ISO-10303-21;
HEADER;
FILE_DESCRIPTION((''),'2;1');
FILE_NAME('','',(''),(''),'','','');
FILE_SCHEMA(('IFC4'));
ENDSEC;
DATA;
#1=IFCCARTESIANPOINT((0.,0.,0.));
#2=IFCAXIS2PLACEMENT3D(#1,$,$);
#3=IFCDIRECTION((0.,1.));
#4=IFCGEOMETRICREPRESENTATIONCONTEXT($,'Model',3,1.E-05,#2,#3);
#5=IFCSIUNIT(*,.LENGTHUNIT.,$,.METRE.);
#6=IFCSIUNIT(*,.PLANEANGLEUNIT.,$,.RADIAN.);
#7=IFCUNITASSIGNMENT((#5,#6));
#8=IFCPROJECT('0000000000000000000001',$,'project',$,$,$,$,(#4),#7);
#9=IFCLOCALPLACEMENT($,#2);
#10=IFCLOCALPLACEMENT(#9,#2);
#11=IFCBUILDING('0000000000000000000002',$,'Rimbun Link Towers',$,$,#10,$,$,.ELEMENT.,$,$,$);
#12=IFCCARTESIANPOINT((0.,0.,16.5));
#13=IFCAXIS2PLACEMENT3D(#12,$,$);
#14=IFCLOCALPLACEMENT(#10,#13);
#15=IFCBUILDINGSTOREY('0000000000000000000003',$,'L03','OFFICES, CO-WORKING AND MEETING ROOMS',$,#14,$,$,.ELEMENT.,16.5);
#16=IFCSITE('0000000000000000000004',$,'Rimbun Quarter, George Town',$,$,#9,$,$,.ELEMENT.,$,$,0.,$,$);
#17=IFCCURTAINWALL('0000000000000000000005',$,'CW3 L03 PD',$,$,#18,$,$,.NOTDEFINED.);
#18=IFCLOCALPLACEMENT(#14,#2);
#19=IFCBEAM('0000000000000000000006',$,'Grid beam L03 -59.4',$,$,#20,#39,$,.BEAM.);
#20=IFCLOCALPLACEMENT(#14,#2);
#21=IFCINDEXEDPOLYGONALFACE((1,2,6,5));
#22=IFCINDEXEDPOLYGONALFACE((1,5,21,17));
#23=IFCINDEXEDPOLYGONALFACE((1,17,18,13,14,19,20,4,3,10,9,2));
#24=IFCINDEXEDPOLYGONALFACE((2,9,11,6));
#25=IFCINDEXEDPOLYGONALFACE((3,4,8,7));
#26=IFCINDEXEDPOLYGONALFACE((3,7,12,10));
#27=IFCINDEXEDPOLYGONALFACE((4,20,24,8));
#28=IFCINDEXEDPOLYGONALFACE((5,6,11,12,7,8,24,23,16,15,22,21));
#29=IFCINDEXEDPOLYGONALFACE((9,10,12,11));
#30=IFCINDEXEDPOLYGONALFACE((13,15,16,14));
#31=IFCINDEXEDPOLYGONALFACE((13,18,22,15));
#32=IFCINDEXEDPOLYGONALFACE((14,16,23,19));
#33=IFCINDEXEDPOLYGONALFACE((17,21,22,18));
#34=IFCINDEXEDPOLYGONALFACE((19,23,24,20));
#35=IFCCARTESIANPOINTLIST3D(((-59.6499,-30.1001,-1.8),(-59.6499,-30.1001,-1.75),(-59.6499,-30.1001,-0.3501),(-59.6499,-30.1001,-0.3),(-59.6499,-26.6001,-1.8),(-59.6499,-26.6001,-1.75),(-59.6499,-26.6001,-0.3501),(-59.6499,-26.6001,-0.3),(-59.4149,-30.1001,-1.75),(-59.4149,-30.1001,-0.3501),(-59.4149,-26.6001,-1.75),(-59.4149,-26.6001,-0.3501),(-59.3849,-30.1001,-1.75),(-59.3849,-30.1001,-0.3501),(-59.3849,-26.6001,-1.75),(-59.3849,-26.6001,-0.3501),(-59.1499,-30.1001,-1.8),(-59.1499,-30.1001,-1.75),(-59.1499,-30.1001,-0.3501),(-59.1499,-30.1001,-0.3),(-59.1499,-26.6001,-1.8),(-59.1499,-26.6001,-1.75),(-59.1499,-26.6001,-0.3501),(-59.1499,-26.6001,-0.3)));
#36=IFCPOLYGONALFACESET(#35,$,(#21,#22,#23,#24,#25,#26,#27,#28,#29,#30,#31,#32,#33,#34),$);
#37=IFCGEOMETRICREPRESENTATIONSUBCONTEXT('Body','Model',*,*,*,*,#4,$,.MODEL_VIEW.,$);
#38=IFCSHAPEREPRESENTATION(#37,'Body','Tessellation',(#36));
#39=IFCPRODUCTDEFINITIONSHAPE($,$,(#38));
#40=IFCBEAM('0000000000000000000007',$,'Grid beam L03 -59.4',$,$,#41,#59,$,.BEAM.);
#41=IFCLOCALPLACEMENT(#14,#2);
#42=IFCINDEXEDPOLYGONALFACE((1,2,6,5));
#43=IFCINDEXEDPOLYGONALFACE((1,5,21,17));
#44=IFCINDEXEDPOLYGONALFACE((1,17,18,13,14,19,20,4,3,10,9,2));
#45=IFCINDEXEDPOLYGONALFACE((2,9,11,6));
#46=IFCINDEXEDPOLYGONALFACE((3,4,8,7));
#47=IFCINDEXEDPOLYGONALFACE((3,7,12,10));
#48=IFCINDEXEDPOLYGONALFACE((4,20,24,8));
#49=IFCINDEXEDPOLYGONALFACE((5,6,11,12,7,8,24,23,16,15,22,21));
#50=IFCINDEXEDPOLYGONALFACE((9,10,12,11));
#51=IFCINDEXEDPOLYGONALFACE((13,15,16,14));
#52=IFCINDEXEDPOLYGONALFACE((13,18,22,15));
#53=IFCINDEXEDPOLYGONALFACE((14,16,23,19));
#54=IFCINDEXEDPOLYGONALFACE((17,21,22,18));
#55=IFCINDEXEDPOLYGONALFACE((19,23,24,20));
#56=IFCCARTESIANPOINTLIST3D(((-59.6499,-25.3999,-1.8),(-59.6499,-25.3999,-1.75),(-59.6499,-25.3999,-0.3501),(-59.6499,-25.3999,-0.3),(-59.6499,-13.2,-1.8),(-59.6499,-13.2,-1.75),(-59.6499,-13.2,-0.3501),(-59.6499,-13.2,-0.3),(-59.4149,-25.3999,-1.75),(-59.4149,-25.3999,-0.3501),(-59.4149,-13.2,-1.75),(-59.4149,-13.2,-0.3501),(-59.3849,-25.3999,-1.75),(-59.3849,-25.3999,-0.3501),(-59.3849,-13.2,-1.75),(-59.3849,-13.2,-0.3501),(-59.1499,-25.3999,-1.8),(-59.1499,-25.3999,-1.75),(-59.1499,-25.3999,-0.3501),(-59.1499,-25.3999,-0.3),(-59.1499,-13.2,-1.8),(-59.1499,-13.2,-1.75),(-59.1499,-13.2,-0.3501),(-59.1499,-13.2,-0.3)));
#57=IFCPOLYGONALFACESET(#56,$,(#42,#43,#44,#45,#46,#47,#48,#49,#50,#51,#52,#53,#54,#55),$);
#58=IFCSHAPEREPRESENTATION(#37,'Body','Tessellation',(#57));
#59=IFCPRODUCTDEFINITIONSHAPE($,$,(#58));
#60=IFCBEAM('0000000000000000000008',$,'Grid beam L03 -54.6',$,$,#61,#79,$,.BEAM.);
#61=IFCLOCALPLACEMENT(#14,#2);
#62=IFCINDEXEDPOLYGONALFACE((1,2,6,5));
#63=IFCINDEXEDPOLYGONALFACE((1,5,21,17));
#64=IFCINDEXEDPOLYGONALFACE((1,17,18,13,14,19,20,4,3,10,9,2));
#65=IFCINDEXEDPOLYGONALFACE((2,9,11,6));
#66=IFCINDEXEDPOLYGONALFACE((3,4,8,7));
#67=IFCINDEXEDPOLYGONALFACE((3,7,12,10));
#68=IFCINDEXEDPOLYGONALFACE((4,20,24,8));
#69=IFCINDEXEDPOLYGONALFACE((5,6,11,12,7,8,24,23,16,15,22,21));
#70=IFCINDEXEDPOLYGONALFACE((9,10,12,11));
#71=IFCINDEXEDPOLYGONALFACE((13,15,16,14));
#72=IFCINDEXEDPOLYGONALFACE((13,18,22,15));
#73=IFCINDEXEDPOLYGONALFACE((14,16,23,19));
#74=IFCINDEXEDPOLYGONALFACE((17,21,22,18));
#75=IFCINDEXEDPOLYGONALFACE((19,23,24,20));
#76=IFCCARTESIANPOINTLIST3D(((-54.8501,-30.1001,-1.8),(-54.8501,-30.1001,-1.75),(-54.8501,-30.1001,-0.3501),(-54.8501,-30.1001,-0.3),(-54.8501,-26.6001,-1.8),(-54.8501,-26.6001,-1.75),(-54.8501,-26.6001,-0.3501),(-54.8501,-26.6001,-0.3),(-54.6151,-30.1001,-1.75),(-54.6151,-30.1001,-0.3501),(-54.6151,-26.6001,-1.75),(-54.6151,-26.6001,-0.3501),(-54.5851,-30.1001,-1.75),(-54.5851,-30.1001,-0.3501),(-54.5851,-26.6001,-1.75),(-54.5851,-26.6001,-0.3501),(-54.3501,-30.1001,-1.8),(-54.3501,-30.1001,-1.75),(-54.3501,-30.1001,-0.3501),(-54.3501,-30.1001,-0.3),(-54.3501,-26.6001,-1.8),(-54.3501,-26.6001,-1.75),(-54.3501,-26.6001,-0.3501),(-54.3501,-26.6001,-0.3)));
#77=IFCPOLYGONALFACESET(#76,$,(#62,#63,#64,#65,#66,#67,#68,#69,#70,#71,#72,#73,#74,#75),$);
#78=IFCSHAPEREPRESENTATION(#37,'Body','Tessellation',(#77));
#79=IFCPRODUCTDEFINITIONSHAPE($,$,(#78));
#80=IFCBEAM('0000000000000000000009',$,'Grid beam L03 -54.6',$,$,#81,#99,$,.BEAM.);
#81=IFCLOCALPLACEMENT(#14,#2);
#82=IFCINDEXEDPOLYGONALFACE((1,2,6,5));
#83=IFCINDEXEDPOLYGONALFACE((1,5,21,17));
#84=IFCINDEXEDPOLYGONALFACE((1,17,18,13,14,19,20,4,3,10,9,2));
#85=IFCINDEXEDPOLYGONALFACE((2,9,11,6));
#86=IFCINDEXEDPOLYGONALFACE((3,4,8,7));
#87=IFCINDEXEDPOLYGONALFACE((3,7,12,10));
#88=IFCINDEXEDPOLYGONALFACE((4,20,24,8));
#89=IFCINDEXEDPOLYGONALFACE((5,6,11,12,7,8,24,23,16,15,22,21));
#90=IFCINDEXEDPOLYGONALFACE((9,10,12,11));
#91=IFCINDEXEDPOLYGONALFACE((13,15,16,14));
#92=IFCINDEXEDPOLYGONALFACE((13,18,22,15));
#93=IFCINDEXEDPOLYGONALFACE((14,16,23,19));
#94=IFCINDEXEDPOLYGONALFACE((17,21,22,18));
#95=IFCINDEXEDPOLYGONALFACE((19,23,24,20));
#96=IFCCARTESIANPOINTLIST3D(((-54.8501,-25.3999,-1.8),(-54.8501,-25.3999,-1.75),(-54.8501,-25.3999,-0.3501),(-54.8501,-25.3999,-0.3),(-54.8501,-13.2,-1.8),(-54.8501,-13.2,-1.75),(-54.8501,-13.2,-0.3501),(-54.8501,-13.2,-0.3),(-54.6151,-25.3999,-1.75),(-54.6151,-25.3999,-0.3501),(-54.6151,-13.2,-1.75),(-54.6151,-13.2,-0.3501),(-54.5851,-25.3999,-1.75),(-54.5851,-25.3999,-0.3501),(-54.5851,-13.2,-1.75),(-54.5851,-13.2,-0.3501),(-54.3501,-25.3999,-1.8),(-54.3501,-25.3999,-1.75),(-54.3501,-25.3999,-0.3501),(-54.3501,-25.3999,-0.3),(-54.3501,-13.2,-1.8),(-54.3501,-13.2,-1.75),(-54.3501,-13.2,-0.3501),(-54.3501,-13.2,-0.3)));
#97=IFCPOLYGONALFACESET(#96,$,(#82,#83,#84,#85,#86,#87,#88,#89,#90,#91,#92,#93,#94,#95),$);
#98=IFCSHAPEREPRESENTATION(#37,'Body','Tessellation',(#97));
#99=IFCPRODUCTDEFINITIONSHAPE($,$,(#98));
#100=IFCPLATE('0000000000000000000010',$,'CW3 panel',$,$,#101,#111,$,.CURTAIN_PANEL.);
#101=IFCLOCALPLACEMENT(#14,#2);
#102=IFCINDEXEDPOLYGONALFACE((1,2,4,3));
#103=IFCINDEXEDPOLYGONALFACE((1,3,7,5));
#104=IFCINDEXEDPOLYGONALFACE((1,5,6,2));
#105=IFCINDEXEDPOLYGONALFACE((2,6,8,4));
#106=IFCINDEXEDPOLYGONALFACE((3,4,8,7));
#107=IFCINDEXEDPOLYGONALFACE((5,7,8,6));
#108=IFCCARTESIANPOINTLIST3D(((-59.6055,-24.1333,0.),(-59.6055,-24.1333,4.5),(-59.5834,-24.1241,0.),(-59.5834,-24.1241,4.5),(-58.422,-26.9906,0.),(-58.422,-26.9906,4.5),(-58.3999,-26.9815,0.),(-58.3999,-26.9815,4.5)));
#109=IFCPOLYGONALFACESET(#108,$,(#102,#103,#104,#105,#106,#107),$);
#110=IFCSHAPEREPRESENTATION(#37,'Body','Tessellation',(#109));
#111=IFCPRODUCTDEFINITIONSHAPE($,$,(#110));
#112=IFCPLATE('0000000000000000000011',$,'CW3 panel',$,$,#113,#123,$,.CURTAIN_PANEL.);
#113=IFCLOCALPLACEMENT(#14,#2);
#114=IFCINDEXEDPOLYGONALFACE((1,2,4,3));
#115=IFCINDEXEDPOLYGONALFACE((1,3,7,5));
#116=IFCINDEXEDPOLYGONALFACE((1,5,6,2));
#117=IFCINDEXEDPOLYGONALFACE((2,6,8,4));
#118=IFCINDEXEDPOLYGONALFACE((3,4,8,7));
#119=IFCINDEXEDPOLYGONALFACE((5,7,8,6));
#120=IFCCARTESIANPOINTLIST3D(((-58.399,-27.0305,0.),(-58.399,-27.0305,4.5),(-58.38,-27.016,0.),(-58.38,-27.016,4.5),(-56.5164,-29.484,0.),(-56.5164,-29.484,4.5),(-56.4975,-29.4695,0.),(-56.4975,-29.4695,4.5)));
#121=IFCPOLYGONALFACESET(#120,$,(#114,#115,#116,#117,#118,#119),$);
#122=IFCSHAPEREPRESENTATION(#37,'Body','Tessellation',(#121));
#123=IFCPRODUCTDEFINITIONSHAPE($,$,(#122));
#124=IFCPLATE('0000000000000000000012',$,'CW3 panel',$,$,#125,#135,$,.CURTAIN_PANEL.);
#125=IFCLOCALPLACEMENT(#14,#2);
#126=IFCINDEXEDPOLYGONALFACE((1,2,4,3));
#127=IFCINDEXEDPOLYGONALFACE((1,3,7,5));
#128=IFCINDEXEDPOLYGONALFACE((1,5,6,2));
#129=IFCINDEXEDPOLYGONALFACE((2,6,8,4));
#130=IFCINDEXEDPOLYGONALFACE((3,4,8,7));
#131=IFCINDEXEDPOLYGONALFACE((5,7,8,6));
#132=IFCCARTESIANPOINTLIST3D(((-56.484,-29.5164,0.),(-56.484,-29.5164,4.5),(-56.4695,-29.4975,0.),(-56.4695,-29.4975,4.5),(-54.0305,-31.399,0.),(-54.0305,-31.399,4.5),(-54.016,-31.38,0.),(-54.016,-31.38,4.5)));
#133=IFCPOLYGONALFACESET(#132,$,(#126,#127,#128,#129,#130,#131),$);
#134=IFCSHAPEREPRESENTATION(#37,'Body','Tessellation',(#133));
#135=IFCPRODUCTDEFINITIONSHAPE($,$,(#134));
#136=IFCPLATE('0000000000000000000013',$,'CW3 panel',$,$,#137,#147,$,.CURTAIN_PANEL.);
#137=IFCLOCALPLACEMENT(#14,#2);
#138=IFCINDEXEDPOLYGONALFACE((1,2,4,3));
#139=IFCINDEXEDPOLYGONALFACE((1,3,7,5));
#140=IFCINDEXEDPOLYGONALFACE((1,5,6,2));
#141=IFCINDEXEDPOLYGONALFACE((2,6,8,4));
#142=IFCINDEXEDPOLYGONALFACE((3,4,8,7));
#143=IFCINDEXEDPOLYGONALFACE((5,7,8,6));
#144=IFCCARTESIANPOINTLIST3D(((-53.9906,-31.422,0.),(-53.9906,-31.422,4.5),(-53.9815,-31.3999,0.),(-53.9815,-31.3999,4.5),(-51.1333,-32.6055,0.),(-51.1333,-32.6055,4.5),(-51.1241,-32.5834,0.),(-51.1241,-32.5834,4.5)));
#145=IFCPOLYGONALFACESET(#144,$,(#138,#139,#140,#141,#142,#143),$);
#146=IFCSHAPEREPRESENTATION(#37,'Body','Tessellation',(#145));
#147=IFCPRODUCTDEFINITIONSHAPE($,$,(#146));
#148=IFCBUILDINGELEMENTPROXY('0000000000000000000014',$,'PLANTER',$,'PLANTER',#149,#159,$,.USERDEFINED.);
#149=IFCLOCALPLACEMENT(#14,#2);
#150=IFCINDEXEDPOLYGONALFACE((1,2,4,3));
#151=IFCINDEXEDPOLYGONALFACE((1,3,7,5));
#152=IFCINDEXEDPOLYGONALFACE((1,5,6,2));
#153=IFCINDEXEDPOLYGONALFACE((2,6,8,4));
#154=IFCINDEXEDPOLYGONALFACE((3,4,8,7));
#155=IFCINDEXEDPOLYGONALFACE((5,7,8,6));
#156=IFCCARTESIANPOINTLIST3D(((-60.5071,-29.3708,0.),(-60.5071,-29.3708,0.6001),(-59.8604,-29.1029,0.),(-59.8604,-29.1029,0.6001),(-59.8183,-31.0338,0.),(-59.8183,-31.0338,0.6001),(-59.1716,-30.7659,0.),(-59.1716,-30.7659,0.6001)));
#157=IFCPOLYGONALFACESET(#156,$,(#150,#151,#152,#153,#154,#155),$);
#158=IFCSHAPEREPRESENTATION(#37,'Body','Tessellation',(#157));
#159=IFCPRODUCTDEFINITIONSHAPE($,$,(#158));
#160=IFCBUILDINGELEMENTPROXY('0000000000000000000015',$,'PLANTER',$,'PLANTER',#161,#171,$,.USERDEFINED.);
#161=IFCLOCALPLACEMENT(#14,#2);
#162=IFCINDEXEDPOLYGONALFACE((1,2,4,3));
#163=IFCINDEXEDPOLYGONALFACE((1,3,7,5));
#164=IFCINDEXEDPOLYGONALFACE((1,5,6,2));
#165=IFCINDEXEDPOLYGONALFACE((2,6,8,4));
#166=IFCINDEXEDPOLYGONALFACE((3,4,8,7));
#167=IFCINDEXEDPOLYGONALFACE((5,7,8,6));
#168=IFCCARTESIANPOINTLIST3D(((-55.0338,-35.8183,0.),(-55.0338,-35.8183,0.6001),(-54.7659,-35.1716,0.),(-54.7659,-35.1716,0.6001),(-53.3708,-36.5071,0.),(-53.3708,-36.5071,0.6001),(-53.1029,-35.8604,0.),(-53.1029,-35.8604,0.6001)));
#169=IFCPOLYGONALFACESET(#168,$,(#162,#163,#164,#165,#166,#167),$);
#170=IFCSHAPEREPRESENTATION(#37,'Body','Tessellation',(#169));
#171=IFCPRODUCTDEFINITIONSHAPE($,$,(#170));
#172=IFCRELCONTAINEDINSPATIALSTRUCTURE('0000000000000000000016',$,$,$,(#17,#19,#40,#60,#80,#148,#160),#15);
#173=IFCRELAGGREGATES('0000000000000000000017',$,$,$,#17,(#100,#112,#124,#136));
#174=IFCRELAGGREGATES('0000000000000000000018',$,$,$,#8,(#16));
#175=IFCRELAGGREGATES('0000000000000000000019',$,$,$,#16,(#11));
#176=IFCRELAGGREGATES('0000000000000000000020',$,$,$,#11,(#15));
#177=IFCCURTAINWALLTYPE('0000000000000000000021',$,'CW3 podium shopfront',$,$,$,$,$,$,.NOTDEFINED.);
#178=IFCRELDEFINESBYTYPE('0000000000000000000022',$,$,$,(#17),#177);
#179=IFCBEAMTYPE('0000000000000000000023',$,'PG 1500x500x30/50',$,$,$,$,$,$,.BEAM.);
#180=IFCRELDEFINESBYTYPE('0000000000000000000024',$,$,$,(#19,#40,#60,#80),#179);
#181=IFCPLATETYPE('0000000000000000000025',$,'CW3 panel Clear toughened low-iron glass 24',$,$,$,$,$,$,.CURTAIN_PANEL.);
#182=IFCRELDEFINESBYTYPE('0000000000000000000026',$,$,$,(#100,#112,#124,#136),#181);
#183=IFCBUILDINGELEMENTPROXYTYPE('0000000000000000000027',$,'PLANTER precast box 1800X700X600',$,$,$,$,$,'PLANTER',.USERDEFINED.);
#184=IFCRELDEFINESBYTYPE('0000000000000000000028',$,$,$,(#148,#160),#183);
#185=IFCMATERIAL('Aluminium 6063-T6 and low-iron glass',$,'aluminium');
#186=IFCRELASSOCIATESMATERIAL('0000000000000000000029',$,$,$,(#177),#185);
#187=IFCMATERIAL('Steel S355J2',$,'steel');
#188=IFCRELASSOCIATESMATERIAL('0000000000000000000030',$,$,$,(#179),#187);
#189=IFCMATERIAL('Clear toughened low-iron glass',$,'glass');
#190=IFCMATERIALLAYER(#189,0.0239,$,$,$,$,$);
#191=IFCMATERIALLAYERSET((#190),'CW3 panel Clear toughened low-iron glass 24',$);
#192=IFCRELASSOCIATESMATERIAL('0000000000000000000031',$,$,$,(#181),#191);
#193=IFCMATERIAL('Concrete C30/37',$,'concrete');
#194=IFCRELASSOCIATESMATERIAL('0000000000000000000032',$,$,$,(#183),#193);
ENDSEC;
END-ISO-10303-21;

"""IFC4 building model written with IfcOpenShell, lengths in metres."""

from ifc_helpers import new_model, si_unit, direction, frame, origin, origin_2d, place, context, subcontext, project, spatial, rectangle, i_section, extrude, material, layer, layer_set, material_profile, profile_set, type_object, element, aggregate, save


model = new_model("IFC4")

# Units and contexts
model_context = context("Model", 3, precision=1e-05, world=origin(), true_north=direction((0.0, 1.0)))
body_context = subcontext(model_context, "Body", "Model", "MODEL_VIEW")
ifc_project = project(units=[si_unit("LENGTHUNIT", "METRE"), si_unit("PLANEANGLEUNIT", "RADIAN")], contexts=[model_context])

# Site, building, storey
site_placement = place(None, origin())
site = spatial("IfcSite", under=ifc_project, at=site_placement, Name="Rimbun Quarter, George Town", CompositionType="ELEMENT", RefElevation=0.0)
building_placement = place(site_placement, origin())
building = spatial("IfcBuilding", under=site, at=building_placement, Name="Rimbun Link Towers", CompositionType="ELEMENT")
storey_placement = place(building_placement, frame((0.0, 0.0, 16.5)))
storey = spatial("IfcBuildingStorey", under=building, at=storey_placement, Name="L03", Description="OFFICES, CO-WORKING AND MEETING ROOMS", CompositionType="ELEMENT", Elevation=16.5)

# Curtain wall
ifc_material_1 = material(Name="Aluminium 6063-T6 and low-iron glass", Category="aluminium")
curtain_wall_type = type_object("IfcCurtainWallType", Name="CW3 podium shopfront", PredefinedType="NOTDEFINED", material=ifc_material_1)
curtain_wall_placement = place(storey_placement, origin())
curtain_wall = element("IfcCurtainWall", 1, at=curtain_wall_placement, inside=storey, type_object=curtain_wall_type, Name="CW3 L03 PD", PredefinedType="NOTDEFINED")

# Beams
ifc_material_2 = material(Name="Steel S355J2", Category="steel")
ifc_material_profile_1 = material_profile(ifc_material_2, i_section(OverallWidth=0.5, OverallDepth=1.5, WebThickness=0.03, FlangeThickness=0.05, at=origin_2d()), Name="PG 1500x500x30/50")
ifc_profile_set_1 = profile_set([ifc_material_profile_1], Name="Steel S355J2")
beam_type = type_object("IfcBeamType", Name="PG 1500x500x30/50", PredefinedType="BEAM", material=ifc_profile_set_1)
beam_1_placement = place(storey_placement, frame((-59.3999, -30.1001, -1.05), z_axis=(0.0, 1.0, 0.0), x_axis=(-1.0, 0.0, 0.0)))
element("IfcBeam", 2, at=beam_1_placement, inside=storey, type_object=beam_type, Name="Grid beam L03 -59.4", PredefinedType="BEAM", context=body_context, shape_type="SweptSolid", body=[
    extrude(i_section(OverallWidth=0.5, OverallDepth=1.5, WebThickness=0.03, FlangeThickness=0.05, at=origin_2d()), origin(), (0.0, 0.0, 1.0), 3.5),
])
beam_2_placement = place(storey_placement, frame((-59.3999, -25.3999, -1.05), z_axis=(0.0, 1.0, 0.0), x_axis=(-1.0, 0.0, 0.0)))
element("IfcBeam", 3, at=beam_2_placement, inside=storey, type_object=beam_type, Name="Grid beam L03 -59.4", PredefinedType="BEAM", context=body_context, shape_type="SweptSolid", body=[
    extrude(i_section(OverallWidth=0.5, OverallDepth=1.5, WebThickness=0.03, FlangeThickness=0.05, at=origin_2d()), origin(), (0.0, 0.0, 1.0), 12.2),
])
beam_3_placement = place(storey_placement, frame((-54.6001, -30.1001, -1.05), z_axis=(0.0, 1.0, 0.0), x_axis=(-1.0, 0.0, 0.0)))
element("IfcBeam", 4, at=beam_3_placement, inside=storey, type_object=beam_type, Name="Grid beam L03 -54.6", PredefinedType="BEAM", context=body_context, shape_type="SweptSolid", body=[
    extrude(i_section(OverallWidth=0.5, OverallDepth=1.5, WebThickness=0.03, FlangeThickness=0.05, at=origin_2d()), origin(), (0.0, 0.0, 1.0), 3.5),
])
beam_4_placement = place(storey_placement, frame((-54.6001, -25.3999, -1.05), z_axis=(0.0, 1.0, 0.0), x_axis=(-1.0, 0.0, 0.0)))
element("IfcBeam", 5, at=beam_4_placement, inside=storey, type_object=beam_type, Name="Grid beam L03 -54.6", PredefinedType="BEAM", context=body_context, shape_type="SweptSolid", body=[
    extrude(i_section(OverallWidth=0.5, OverallDepth=1.5, WebThickness=0.03, FlangeThickness=0.05, at=origin_2d()), origin(), (0.0, 0.0, 1.0), 12.2),
])

# Plates
ifc_material_3 = material(Name="Clear toughened low-iron glass", Category="glass")
ifc_layer = layer(ifc_material_3, 0.0239)
ifc_layer_set = layer_set([ifc_layer], Name="CW3 panel Clear toughened low-iron glass 24")
plate_type = type_object("IfcPlateType", Name="CW3 panel Clear toughened low-iron glass 24", PredefinedType="CURTAIN_PANEL", material=ifc_layer_set)
plate_1_placement = place(storey_placement, frame((-59.0027, -25.5574, 0.0), z_axis=(0.0, 0.0, 1.0), x_axis=(-0.382679, 0.923881, 0.0)))
plate_1 = element("IfcPlate", 6, at=plate_1_placement, type_object=plate_type, Name="CW3 panel", PredefinedType="CURTAIN_PANEL", context=body_context, shape_type="SweptSolid", body=[
    extrude(rectangle(XDim=3.0928, YDim=0.0239, at=origin_2d()), origin(), (0.0, 0.0, 1.0), 4.5),
])
plate_2_placement = place(storey_placement, frame((-57.4482, -28.25, 0.0), z_axis=(0.0, 0.0, 1.0), x_axis=(-0.608754, 0.793359, 0.0)))
plate_2 = element("IfcPlate", 7, at=plate_2_placement, type_object=plate_type, Name="CW3 panel", PredefinedType="CURTAIN_PANEL", context=body_context, shape_type="SweptSolid", body=[
    extrude(rectangle(XDim=3.0925, YDim=0.0239, at=origin_2d()), origin(), (0.0, 0.0, 1.0), 4.5),
])
plate_3_placement = place(storey_placement, frame((-55.25, -30.4482, 0.0), z_axis=(0.0, 0.0, 1.0), x_axis=(-0.793359, 0.608754, 0.0)))
plate_3 = element("IfcPlate", 8, at=plate_3_placement, type_object=plate_type, Name="CW3 panel", PredefinedType="CURTAIN_PANEL", context=body_context, shape_type="SweptSolid", body=[
    extrude(rectangle(XDim=3.0925, YDim=0.0239, at=origin_2d()), origin(), (0.0, 0.0, 1.0), 4.5),
])
plate_4_placement = place(storey_placement, frame((-52.5574, -32.0027, 0.0), z_axis=(0.0, 0.0, 1.0), x_axis=(-0.923881, 0.382679, 0.0)))
plate_4 = element("IfcPlate", 9, at=plate_4_placement, type_object=plate_type, Name="CW3 panel", PredefinedType="CURTAIN_PANEL", context=body_context, shape_type="SweptSolid", body=[
    extrude(rectangle(XDim=3.0928, YDim=0.0239, at=origin_2d()), origin(), (0.0, 0.0, 1.0), 4.5),
])
aggregate(curtain_wall, [plate_1, plate_2, plate_3, plate_4])

# Building element proxies
ifc_material_4 = material(Name="Concrete C30/37", Category="concrete")
building_element_proxy_type = type_object("IfcBuildingElementProxyType", Name="PLANTER precast box 1800X700X600", ElementType="PLANTER", PredefinedType="USERDEFINED", material=ifc_material_4)
for number, where, z_axis, x_axis, name in (
    (10, (-59.8394, -30.0684, 0.0), (0.0, 0.0, 1.0), (0.382679, -0.923881, 0.0), "PLANTER"),
    (11, (-54.0684, -35.8394, 0.0), (0.0, 0.0, 1.0), (0.923881, -0.382679, 0.0), "PLANTER"),
):
    element("IfcBuildingElementProxy", number, at=place(storey_placement, frame(where, z_axis=z_axis, x_axis=x_axis)), inside=storey, type_object=building_element_proxy_type, Name=name, ObjectType="PLANTER", PredefinedType="USERDEFINED", context=body_context, shape_type="SweptSolid", body=[
        extrude(rectangle(XDim=1.8, YDim=0.7, at=origin_2d()), origin(), (0.0, 0.0, 1.0), 0.6001),
    ])

save(model, "model.ifc")
